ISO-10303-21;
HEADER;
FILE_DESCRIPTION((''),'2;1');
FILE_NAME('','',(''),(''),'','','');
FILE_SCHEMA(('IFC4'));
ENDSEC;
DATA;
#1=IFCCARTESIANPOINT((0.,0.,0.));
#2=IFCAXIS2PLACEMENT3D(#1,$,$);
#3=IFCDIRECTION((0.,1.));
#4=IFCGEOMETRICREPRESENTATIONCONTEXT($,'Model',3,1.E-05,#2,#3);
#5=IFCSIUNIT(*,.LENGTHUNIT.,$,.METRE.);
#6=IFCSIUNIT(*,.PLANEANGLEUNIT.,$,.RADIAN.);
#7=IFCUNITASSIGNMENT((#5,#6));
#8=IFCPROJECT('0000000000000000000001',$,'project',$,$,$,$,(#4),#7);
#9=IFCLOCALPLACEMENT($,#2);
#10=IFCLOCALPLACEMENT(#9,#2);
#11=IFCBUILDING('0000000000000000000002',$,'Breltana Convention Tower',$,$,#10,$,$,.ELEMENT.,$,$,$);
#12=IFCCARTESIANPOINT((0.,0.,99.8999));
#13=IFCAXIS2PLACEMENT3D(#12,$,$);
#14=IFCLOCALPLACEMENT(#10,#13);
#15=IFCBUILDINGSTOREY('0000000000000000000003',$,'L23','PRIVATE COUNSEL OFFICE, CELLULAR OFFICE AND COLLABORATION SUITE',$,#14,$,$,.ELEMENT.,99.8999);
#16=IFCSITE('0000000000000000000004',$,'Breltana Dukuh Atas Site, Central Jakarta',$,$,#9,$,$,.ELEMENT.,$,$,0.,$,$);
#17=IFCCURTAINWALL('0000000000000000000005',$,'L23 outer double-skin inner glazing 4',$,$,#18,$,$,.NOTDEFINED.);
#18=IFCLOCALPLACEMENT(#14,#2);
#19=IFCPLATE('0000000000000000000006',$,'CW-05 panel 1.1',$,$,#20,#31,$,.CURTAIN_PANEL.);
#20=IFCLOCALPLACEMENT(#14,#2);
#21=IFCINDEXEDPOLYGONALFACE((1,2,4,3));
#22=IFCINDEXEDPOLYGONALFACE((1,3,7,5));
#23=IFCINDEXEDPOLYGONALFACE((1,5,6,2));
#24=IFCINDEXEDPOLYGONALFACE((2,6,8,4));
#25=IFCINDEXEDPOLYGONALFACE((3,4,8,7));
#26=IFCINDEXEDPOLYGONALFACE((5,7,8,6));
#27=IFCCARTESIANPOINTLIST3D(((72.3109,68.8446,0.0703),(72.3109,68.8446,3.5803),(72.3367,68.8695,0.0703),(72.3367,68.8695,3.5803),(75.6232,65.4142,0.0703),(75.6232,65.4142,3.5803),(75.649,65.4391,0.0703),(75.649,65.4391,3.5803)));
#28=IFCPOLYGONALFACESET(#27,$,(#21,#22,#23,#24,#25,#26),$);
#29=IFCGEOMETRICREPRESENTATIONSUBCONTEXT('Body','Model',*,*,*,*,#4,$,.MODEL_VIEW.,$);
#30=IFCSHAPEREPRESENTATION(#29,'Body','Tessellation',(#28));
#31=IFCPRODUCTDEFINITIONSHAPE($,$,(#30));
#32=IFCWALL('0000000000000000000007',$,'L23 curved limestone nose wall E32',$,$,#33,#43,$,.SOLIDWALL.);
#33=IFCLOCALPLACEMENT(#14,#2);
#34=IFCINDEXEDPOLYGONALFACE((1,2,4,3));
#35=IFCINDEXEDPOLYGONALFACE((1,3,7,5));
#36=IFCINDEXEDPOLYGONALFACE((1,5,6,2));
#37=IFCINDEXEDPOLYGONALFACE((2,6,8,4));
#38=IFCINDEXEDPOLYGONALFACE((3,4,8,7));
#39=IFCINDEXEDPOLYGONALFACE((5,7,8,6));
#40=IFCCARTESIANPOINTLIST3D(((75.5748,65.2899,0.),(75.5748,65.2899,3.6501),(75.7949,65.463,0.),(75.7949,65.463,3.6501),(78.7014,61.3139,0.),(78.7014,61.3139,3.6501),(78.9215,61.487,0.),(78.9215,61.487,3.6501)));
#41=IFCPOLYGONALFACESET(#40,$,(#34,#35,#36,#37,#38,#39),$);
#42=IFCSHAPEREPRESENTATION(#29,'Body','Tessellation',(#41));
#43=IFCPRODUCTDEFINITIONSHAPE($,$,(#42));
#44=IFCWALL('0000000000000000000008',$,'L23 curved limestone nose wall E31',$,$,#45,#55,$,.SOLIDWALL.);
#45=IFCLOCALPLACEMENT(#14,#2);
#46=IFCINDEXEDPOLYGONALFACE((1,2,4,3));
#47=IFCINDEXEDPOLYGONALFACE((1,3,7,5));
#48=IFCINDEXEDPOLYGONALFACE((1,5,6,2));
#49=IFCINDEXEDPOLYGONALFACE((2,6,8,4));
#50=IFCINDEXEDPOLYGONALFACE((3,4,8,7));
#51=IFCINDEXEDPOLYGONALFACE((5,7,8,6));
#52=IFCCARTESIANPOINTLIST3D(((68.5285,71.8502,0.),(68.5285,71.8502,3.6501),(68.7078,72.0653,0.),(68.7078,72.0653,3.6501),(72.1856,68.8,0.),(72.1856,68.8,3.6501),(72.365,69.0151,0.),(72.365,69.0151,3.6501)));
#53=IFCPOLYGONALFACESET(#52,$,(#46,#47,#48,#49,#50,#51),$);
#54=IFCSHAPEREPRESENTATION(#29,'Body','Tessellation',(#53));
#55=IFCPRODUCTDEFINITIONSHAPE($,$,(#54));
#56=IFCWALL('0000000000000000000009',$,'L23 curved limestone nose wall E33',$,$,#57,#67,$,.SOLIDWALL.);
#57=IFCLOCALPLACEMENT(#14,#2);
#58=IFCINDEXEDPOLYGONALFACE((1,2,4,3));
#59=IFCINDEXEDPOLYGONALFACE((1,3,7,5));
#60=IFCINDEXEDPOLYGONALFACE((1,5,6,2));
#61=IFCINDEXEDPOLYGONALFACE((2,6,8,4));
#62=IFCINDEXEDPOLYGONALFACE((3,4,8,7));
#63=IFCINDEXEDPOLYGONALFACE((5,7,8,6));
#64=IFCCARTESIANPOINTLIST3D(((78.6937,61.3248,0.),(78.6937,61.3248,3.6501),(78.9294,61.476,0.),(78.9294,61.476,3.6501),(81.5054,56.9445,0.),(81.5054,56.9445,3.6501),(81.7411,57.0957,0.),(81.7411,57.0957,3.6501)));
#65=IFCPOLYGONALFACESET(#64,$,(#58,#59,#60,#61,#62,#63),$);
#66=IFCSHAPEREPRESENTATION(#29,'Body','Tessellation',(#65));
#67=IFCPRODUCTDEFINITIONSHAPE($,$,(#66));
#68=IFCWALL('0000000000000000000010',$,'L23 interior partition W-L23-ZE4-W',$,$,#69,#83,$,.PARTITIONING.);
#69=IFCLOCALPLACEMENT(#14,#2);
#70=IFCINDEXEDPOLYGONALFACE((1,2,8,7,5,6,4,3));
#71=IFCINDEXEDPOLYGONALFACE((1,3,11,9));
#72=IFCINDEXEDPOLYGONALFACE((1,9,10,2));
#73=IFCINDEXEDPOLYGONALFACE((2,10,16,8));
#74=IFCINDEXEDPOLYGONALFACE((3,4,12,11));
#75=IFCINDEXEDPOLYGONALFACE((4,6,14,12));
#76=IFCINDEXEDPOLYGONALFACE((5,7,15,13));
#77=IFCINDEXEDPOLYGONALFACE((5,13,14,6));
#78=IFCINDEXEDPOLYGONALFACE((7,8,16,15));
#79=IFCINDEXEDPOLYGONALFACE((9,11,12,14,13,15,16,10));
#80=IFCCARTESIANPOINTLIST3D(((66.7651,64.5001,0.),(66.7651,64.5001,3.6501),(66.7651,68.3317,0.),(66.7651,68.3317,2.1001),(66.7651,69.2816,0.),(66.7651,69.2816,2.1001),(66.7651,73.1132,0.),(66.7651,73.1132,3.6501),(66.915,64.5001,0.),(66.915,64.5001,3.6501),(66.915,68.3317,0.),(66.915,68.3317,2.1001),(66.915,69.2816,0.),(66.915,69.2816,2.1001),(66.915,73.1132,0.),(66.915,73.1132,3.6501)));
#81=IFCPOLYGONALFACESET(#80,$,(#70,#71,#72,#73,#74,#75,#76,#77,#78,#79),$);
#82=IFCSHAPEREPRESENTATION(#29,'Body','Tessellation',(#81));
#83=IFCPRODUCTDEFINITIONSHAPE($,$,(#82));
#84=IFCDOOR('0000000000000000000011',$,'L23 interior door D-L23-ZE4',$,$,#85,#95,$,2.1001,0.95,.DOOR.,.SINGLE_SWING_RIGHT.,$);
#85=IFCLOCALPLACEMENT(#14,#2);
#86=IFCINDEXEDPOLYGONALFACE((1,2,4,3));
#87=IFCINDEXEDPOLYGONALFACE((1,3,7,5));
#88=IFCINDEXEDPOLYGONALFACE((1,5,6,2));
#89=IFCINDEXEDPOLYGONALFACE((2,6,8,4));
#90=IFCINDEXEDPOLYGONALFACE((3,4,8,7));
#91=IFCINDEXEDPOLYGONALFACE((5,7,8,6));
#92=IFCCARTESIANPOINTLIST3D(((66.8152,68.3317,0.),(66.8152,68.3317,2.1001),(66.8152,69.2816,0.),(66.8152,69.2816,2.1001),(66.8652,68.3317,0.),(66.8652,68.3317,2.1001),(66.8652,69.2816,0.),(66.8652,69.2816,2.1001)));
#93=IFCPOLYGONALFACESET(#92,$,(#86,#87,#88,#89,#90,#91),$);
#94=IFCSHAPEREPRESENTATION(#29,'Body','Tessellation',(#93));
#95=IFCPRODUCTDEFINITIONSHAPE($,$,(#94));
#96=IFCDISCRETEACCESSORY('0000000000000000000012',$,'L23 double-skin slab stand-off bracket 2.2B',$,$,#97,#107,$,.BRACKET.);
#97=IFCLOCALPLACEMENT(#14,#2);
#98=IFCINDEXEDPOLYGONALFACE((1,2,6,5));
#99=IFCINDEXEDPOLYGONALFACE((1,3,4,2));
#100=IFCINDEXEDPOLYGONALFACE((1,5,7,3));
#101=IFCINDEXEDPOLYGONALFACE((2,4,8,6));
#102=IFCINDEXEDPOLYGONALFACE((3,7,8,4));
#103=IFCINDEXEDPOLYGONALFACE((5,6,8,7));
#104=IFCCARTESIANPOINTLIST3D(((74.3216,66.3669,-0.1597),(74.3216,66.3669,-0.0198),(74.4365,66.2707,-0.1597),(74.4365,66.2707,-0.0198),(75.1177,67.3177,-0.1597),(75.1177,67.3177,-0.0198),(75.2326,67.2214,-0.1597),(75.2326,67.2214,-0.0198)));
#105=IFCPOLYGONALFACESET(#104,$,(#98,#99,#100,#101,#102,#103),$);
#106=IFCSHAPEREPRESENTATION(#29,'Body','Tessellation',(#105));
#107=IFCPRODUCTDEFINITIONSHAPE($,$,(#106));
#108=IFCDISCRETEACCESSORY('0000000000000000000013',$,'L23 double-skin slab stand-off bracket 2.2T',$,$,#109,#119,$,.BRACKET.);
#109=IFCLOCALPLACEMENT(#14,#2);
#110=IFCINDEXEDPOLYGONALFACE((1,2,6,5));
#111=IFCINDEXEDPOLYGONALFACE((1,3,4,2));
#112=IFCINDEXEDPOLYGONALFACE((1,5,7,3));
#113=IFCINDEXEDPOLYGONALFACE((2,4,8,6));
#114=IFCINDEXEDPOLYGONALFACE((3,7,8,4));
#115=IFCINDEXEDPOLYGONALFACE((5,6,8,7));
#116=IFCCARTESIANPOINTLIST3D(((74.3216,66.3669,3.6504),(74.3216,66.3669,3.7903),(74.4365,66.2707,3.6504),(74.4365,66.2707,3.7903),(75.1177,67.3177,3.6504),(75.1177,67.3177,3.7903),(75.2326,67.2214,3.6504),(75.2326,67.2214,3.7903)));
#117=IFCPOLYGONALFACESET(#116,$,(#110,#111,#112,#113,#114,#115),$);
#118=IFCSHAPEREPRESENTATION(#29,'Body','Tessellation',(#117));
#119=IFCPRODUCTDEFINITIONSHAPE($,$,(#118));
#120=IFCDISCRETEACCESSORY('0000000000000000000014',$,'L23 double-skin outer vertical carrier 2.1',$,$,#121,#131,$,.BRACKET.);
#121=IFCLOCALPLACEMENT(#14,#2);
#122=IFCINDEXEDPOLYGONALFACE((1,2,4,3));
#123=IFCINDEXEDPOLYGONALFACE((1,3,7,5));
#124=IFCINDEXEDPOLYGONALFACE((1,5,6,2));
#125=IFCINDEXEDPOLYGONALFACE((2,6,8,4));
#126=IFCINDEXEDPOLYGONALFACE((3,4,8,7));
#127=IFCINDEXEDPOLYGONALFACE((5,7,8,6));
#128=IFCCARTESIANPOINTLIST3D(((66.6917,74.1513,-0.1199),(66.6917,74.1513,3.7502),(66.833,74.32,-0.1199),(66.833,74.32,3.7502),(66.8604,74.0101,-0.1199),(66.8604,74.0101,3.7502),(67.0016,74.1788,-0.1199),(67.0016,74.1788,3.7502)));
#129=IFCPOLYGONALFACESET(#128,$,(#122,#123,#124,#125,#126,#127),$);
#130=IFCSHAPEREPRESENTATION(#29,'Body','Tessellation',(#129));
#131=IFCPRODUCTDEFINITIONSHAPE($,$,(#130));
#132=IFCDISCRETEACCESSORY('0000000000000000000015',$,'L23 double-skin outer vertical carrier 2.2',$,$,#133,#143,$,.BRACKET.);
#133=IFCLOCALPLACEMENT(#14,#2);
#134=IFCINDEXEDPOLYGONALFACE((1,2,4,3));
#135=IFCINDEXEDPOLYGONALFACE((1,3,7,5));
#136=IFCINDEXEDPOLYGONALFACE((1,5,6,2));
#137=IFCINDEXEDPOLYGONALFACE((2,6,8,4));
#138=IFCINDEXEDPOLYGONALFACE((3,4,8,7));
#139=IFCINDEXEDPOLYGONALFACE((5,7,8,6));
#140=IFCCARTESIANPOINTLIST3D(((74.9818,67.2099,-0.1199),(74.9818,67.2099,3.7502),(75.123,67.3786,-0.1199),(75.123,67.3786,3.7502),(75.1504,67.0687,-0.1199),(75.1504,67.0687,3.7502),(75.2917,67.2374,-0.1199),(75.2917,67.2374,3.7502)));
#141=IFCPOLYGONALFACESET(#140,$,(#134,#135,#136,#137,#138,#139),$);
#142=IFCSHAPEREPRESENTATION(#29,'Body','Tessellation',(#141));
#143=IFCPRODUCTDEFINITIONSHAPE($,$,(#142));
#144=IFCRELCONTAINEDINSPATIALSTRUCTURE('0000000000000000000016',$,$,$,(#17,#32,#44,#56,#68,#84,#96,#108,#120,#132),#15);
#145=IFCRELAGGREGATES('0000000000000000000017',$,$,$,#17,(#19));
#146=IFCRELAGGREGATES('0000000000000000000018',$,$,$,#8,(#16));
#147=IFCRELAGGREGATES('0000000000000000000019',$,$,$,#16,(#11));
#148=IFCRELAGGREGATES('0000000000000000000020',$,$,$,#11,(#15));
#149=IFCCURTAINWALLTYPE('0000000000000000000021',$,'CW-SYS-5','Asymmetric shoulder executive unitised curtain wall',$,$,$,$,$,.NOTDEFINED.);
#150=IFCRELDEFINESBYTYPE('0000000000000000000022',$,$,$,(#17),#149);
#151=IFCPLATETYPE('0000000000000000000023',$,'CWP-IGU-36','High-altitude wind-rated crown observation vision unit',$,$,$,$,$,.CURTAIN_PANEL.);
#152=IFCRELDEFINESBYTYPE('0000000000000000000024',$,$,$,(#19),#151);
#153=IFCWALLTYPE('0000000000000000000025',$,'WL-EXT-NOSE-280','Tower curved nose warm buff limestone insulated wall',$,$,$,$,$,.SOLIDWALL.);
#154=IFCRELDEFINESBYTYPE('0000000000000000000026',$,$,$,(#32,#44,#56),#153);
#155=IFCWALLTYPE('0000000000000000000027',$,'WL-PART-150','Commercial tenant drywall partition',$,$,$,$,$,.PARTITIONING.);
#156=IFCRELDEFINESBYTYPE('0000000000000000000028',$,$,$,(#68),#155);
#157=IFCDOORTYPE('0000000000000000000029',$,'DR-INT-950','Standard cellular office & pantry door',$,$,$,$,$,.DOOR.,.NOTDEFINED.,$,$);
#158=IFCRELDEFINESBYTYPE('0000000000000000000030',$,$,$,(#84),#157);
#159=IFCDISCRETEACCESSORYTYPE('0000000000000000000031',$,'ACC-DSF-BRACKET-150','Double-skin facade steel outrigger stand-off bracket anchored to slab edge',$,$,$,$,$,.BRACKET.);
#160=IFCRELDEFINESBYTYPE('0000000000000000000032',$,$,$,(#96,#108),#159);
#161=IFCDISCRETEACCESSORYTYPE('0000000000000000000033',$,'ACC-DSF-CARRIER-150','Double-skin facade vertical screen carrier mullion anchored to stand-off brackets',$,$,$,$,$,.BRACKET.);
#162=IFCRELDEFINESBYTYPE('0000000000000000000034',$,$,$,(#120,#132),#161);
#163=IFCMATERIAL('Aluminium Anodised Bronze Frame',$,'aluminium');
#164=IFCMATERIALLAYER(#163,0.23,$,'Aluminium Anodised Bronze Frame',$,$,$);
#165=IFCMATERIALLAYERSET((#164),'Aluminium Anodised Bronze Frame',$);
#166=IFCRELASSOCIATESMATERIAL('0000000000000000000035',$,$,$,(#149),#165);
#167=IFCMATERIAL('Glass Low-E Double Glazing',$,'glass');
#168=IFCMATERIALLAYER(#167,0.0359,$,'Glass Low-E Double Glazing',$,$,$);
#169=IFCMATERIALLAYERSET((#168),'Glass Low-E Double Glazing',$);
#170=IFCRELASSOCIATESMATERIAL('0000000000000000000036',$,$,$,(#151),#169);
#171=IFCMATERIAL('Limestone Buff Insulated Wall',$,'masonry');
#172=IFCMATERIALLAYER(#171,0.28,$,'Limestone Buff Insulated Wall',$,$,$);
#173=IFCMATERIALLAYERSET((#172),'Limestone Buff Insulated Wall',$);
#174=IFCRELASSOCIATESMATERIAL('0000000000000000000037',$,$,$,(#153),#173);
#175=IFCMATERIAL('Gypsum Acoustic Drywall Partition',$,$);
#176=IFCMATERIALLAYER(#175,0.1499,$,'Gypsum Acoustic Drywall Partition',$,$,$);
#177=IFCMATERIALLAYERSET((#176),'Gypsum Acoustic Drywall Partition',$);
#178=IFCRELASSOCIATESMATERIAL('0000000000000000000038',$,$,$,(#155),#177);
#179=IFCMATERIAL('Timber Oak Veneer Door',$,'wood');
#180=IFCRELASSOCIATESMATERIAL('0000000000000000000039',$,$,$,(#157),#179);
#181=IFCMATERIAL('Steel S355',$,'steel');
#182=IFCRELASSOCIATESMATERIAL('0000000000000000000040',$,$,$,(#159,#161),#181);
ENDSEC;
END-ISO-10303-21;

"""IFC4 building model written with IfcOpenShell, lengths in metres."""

from ifc_helpers import new_model, si_unit, direction, frame, frame_2d, origin, origin_2d, place, context, subcontext, project, spatial, rectangle, extrude, source, transform, mapped, material, layer, layer_set, type_object, type_shapes, element, fill, aggregate, save


model = new_model("IFC4")

# Units and contexts
model_context = context("Model", 3, precision=1e-05, world=origin(), true_north=direction((0.0, 1.0)))
body_context = subcontext(model_context, "Body", "Model", "MODEL_VIEW")
ifc_project = project(units=[si_unit("LENGTHUNIT", "METRE"), si_unit("PLANEANGLEUNIT", "RADIAN")], contexts=[model_context])

# Site, building, storey
site_placement = place(None, origin())
site = spatial("IfcSite", under=ifc_project, at=site_placement, Name="Breltana Dukuh Atas Site, Central Jakarta", CompositionType="ELEMENT", RefElevation=0.0)
building_placement = place(site_placement, origin())
building = spatial("IfcBuilding", under=site, at=building_placement, Name="Breltana Convention Tower", CompositionType="ELEMENT")
storey_placement = place(building_placement, frame((0.0, 0.0, 99.8999)))
storey = spatial("IfcBuildingStorey", under=building, at=storey_placement, Name="L23", Description="PRIVATE COUNSEL OFFICE, CELLULAR OFFICE AND COLLABORATION SUITE", CompositionType="ELEMENT", Elevation=99.8999)

# Curtain wall, plate
ifc_material_1 = material(Name="Aluminium Anodised Bronze Frame", Category="aluminium")
ifc_layer_1 = layer(ifc_material_1, 0.23, Name="Aluminium Anodised Bronze Frame")
ifc_layer_set_1 = layer_set([ifc_layer_1], Name="Aluminium Anodised Bronze Frame")
curtain_wall_type = type_object("IfcCurtainWallType", Name="CW-SYS-5", Description="Asymmetric shoulder executive unitised curtain wall", PredefinedType="NOTDEFINED", material=ifc_layer_set_1)
curtain_wall_placement = place(storey_placement, origin())
curtain_wall = element("IfcCurtainWall", 1, at=curtain_wall_placement, inside=storey, type_object=curtain_wall_type, Name="L23 outer double-skin inner glazing 4", PredefinedType="NOTDEFINED")
ifc_material_2 = material(Name="Glass Low-E Double Glazing", Category="glass")
ifc_layer_2 = layer(ifc_material_2, 0.0359, Name="Glass Low-E Double Glazing")
ifc_layer_set_2 = layer_set([ifc_layer_2], Name="Glass Low-E Double Glazing")
plate_type = type_object("IfcPlateType", Name="CWP-IGU-36", Description="High-altitude wind-rated crown observation vision unit", PredefinedType="CURTAIN_PANEL", material=ifc_layer_set_2)
shared_shape_1 = source(origin(), body_context, "Body", "SweptSolid", [
    extrude(rectangle(XDim=4.7686, YDim=0.0359, at=origin_2d()), origin(), (0.0, 0.0, 1.0), 3.51),
])
plate_placement = place(storey_placement, frame((73.98, 67.1418, 0.0703), z_axis=(0.0, 0.0, 1.0), x_axis=(0.694612, -0.719385, 0.0)))
plate = element("IfcPlate", 2, at=plate_placement, type_object=plate_type, Name="CW-05 panel 1.1", PredefinedType="CURTAIN_PANEL", context=body_context, shape_type="MappedRepresentation", body=[
    mapped(shared_shape_1, transform((0.0, 0.0, 0.0), scale=1.0)),
])
aggregate(curtain_wall, [plate])

# Walls
ifc_material_3 = material(Name="Limestone Buff Insulated Wall", Category="masonry")
ifc_layer_3 = layer(ifc_material_3, 0.28, Name="Limestone Buff Insulated Wall")
ifc_layer_set_3 = layer_set([ifc_layer_3], Name="Limestone Buff Insulated Wall")
wall_type_1 = type_object("IfcWallType", Name="WL-EXT-NOSE-280", Description="Tower curved nose warm buff limestone insulated wall", PredefinedType="SOLIDWALL", material=ifc_layer_set_3)
shared_shape_2 = source(origin(), body_context, "Body", "SweptSolid", [
    extrude(rectangle(XDim=5.0581, YDim=0.28, at=frame_2d((2.5291, 0.0))), origin(), (0.0, 0.0, 1.0), 3.6501),
])
wall_1_placement = place(storey_placement, frame((75.6848, 65.3765, 0.0), z_axis=(0.0, 0.0, 1.0), x_axis=(0.618146, -0.786064, 0.0)))
element("IfcWall", 3, at=wall_1_placement, inside=storey, type_object=wall_type_1, Name="L23 curved limestone nose wall E32", PredefinedType="SOLIDWALL", context=body_context, shape_type="MappedRepresentation", body=[
    mapped(shared_shape_2, transform((0.0, 0.0, 0.0), scale=1.0)),
])
shared_shape_3 = source(origin(), body_context, "Body", "SweptSolid", [
    extrude(rectangle(XDim=4.7622, YDim=0.28, at=frame_2d((2.3811, 0.0))), origin(), (0.0, 0.0, 1.0), 3.6501),
])
wall_2_placement = place(storey_placement, frame((68.6182, 71.9578, 0.0), z_axis=(0.0, 0.0, 1.0), x_axis=(0.767952, -0.640507, 0.0)))
element("IfcWall", 4, at=wall_2_placement, inside=storey, type_object=wall_type_1, Name="L23 curved limestone nose wall E31", PredefinedType="SOLIDWALL", context=body_context, shape_type="MappedRepresentation", body=[
    mapped(shared_shape_3, transform((0.0, 0.0, 0.0), scale=1.0)),
])
shared_shape_4 = source(origin(), body_context, "Body", "SweptSolid", [
    extrude(rectangle(XDim=5.2051, YDim=0.28, at=frame_2d((2.6025, 0.0))), origin(), (0.0, 0.0, 1.0), 3.6501),
])
wall_3_placement = place(storey_placement, frame((78.8115, 61.4004, 0.0), z_axis=(0.0, 0.0, 1.0), x_axis=(0.540189, -0.841544, 0.0)))
element("IfcWall", 5, at=wall_3_placement, inside=storey, type_object=wall_type_1, Name="L23 curved limestone nose wall E33", PredefinedType="SOLIDWALL", context=body_context, shape_type="MappedRepresentation", body=[
    mapped(shared_shape_4, transform((0.0, 0.0, 0.0), scale=1.0)),
])

# Wall, opening, door
ifc_material_4 = material(Name="Gypsum Acoustic Drywall Partition")
ifc_layer_4 = layer(ifc_material_4, 0.1499, Name="Gypsum Acoustic Drywall Partition")
ifc_layer_set_4 = layer_set([ifc_layer_4], Name="Gypsum Acoustic Drywall Partition")
wall_type_2 = type_object("IfcWallType", Name="WL-PART-150", Description="Commercial tenant drywall partition", PredefinedType="PARTITIONING", material=ifc_layer_set_4)
shared_shape_5 = source(origin(), body_context, "Body", "SweptSolid", [
    extrude(rectangle(XDim=8.613, YDim=0.1499, at=frame_2d((4.3066, 0.0))), origin(), (0.0, 0.0, 1.0), 3.6501),
])
wall_4_placement = place(storey_placement, frame((66.8401, 64.5, 0.0), z_axis=(0.0, 0.0, 1.0), x_axis=(0.0, 1.0, 0.0)))
wall_4 = element("IfcWall", 6, at=wall_4_placement, inside=storey, type_object=wall_type_2, Name="L23 interior partition W-L23-ZE4-W", PredefinedType="PARTITIONING", context=body_context, shape_type="MappedRepresentation", body=[
    mapped(shared_shape_5, transform((0.0, 0.0, 0.0), scale=1.0)),
])
opening_placement = place(wall_4_placement, frame((3.8315, 0.0, 0.0)))
opening = element("IfcOpeningElement", 7, at=opening_placement, cuts=wall_4, PredefinedType="OPENING", context=body_context, shape_type="SweptSolid", body=[
    extrude(rectangle(XDim=0.95, YDim=2.1001, at=frame_2d((0.4751, 1.05))), frame((0.0, 0.085, 0.0), z_axis=(0.0, -1.0, 0.0), x_axis=(1.0, 0.0, 0.0)), (0.0, 0.0, 1.0), 0.1699),
])
ifc_material_5 = material(Name="Timber Oak Veneer Door", Category="wood")
door_type = type_object("IfcDoorType", Name="DR-INT-950", Description="Standard cellular office & pantry door", OperationType="NOTDEFINED", PredefinedType="DOOR", material=ifc_material_5)
shared_shape_6 = source(origin(), body_context, "Body", "SweptSolid", [
    extrude(rectangle(XDim=0.95, YDim=2.1001, at=frame_2d((0.4751, 1.05))), frame((0.0, 0.0249, 0.0), z_axis=(0.0, -1.0, 0.0), x_axis=(1.0, 0.0, 0.0)), (0.0, 0.0, 1.0), 0.05),
])
type_shapes(door_type, [shared_shape_6])
door_placement = place(opening_placement, origin())
door = element("IfcDoor", 8, at=door_placement, inside=storey, type_object=door_type, Name="L23 interior door D-L23-ZE4", OperationType="SINGLE_SWING_RIGHT", OverallHeight=2.1001, OverallWidth=0.95, PredefinedType="DOOR", context=body_context, shape_type="MappedRepresentation", body=[
    mapped(shared_shape_6, transform((0.0, 0.0, 0.0), scale=1.0)),
])
fill(opening, door)

# Discrete accessories
ifc_material_6 = material(Name="Steel S355", Category="steel")
discrete_accessory_type_1 = type_object("IfcDiscreteAccessoryType", Name="ACC-DSF-BRACKET-150", Description="Double-skin facade steel outrigger stand-off bracket anchored to slab edge", PredefinedType="BRACKET", material=ifc_material_6)
shared_shape_7 = source(origin(), body_context, "Body", "SweptSolid", [
    extrude(rectangle(XDim=1.24, YDim=0.1499, at=origin_2d()), origin(), (0.0, 0.0, 1.0), 0.1399),
])
type_shapes(discrete_accessory_type_1, [shared_shape_7])
for number, where, z_axis, x_axis, name in (
    (9, (74.7771, 66.7942, -0.1597), (0.0, 0.0, 1.0), (0.641987, 0.766715, 0.0), "L23 double-skin slab stand-off bracket 2.2B"),
    (10, (74.7771, 66.7942, 3.6504), (0.0, 0.0, 1.0), (0.641987, 0.766715, 0.0), "L23 double-skin slab stand-off bracket 2.2T"),
):
    element("IfcDiscreteAccessory", number, at=place(storey_placement, frame(where, z_axis=z_axis, x_axis=x_axis)), inside=storey, type_object=discrete_accessory_type_1, Name=name, PredefinedType="BRACKET", context=body_context, shape_type="MappedRepresentation", body=[
        mapped(shared_shape_7, transform((0.0, 0.0, 0.0), scale=1.0)),
    ])
discrete_accessory_type_2 = type_object("IfcDiscreteAccessoryType", Name="ACC-DSF-CARRIER-150", Description="Double-skin facade vertical screen carrier mullion anchored to stand-off brackets", PredefinedType="BRACKET", material=ifc_material_6)
shared_shape_8 = source(origin(), body_context, "Body", "SweptSolid", [
    extrude(rectangle(XDim=0.22, YDim=0.22, at=origin_2d()), origin(), (0.0, 0.0, 1.0), 3.8701),
])
for number, where, z_axis, x_axis, name in (
    (11, (66.8467, 74.165, -0.1199), (0.0, 0.0, 1.0), (0.641987, 0.766715, 0.0), "L23 double-skin outer vertical carrier 2.1"),
    (12, (75.1367, 67.2236, -0.1199), (0.0, 0.0, 1.0), (0.641987, 0.766715, 0.0), "L23 double-skin outer vertical carrier 2.2"),
):
    element("IfcDiscreteAccessory", number, at=place(storey_placement, frame(where, z_axis=z_axis, x_axis=x_axis)), inside=storey, type_object=discrete_accessory_type_2, Name=name, PredefinedType="BRACKET", context=body_context, shape_type="MappedRepresentation", body=[
        mapped(shared_shape_8, transform((0.0, 0.0, 0.0), scale=1.0)),
    ])

save(model, "model.ifc")
